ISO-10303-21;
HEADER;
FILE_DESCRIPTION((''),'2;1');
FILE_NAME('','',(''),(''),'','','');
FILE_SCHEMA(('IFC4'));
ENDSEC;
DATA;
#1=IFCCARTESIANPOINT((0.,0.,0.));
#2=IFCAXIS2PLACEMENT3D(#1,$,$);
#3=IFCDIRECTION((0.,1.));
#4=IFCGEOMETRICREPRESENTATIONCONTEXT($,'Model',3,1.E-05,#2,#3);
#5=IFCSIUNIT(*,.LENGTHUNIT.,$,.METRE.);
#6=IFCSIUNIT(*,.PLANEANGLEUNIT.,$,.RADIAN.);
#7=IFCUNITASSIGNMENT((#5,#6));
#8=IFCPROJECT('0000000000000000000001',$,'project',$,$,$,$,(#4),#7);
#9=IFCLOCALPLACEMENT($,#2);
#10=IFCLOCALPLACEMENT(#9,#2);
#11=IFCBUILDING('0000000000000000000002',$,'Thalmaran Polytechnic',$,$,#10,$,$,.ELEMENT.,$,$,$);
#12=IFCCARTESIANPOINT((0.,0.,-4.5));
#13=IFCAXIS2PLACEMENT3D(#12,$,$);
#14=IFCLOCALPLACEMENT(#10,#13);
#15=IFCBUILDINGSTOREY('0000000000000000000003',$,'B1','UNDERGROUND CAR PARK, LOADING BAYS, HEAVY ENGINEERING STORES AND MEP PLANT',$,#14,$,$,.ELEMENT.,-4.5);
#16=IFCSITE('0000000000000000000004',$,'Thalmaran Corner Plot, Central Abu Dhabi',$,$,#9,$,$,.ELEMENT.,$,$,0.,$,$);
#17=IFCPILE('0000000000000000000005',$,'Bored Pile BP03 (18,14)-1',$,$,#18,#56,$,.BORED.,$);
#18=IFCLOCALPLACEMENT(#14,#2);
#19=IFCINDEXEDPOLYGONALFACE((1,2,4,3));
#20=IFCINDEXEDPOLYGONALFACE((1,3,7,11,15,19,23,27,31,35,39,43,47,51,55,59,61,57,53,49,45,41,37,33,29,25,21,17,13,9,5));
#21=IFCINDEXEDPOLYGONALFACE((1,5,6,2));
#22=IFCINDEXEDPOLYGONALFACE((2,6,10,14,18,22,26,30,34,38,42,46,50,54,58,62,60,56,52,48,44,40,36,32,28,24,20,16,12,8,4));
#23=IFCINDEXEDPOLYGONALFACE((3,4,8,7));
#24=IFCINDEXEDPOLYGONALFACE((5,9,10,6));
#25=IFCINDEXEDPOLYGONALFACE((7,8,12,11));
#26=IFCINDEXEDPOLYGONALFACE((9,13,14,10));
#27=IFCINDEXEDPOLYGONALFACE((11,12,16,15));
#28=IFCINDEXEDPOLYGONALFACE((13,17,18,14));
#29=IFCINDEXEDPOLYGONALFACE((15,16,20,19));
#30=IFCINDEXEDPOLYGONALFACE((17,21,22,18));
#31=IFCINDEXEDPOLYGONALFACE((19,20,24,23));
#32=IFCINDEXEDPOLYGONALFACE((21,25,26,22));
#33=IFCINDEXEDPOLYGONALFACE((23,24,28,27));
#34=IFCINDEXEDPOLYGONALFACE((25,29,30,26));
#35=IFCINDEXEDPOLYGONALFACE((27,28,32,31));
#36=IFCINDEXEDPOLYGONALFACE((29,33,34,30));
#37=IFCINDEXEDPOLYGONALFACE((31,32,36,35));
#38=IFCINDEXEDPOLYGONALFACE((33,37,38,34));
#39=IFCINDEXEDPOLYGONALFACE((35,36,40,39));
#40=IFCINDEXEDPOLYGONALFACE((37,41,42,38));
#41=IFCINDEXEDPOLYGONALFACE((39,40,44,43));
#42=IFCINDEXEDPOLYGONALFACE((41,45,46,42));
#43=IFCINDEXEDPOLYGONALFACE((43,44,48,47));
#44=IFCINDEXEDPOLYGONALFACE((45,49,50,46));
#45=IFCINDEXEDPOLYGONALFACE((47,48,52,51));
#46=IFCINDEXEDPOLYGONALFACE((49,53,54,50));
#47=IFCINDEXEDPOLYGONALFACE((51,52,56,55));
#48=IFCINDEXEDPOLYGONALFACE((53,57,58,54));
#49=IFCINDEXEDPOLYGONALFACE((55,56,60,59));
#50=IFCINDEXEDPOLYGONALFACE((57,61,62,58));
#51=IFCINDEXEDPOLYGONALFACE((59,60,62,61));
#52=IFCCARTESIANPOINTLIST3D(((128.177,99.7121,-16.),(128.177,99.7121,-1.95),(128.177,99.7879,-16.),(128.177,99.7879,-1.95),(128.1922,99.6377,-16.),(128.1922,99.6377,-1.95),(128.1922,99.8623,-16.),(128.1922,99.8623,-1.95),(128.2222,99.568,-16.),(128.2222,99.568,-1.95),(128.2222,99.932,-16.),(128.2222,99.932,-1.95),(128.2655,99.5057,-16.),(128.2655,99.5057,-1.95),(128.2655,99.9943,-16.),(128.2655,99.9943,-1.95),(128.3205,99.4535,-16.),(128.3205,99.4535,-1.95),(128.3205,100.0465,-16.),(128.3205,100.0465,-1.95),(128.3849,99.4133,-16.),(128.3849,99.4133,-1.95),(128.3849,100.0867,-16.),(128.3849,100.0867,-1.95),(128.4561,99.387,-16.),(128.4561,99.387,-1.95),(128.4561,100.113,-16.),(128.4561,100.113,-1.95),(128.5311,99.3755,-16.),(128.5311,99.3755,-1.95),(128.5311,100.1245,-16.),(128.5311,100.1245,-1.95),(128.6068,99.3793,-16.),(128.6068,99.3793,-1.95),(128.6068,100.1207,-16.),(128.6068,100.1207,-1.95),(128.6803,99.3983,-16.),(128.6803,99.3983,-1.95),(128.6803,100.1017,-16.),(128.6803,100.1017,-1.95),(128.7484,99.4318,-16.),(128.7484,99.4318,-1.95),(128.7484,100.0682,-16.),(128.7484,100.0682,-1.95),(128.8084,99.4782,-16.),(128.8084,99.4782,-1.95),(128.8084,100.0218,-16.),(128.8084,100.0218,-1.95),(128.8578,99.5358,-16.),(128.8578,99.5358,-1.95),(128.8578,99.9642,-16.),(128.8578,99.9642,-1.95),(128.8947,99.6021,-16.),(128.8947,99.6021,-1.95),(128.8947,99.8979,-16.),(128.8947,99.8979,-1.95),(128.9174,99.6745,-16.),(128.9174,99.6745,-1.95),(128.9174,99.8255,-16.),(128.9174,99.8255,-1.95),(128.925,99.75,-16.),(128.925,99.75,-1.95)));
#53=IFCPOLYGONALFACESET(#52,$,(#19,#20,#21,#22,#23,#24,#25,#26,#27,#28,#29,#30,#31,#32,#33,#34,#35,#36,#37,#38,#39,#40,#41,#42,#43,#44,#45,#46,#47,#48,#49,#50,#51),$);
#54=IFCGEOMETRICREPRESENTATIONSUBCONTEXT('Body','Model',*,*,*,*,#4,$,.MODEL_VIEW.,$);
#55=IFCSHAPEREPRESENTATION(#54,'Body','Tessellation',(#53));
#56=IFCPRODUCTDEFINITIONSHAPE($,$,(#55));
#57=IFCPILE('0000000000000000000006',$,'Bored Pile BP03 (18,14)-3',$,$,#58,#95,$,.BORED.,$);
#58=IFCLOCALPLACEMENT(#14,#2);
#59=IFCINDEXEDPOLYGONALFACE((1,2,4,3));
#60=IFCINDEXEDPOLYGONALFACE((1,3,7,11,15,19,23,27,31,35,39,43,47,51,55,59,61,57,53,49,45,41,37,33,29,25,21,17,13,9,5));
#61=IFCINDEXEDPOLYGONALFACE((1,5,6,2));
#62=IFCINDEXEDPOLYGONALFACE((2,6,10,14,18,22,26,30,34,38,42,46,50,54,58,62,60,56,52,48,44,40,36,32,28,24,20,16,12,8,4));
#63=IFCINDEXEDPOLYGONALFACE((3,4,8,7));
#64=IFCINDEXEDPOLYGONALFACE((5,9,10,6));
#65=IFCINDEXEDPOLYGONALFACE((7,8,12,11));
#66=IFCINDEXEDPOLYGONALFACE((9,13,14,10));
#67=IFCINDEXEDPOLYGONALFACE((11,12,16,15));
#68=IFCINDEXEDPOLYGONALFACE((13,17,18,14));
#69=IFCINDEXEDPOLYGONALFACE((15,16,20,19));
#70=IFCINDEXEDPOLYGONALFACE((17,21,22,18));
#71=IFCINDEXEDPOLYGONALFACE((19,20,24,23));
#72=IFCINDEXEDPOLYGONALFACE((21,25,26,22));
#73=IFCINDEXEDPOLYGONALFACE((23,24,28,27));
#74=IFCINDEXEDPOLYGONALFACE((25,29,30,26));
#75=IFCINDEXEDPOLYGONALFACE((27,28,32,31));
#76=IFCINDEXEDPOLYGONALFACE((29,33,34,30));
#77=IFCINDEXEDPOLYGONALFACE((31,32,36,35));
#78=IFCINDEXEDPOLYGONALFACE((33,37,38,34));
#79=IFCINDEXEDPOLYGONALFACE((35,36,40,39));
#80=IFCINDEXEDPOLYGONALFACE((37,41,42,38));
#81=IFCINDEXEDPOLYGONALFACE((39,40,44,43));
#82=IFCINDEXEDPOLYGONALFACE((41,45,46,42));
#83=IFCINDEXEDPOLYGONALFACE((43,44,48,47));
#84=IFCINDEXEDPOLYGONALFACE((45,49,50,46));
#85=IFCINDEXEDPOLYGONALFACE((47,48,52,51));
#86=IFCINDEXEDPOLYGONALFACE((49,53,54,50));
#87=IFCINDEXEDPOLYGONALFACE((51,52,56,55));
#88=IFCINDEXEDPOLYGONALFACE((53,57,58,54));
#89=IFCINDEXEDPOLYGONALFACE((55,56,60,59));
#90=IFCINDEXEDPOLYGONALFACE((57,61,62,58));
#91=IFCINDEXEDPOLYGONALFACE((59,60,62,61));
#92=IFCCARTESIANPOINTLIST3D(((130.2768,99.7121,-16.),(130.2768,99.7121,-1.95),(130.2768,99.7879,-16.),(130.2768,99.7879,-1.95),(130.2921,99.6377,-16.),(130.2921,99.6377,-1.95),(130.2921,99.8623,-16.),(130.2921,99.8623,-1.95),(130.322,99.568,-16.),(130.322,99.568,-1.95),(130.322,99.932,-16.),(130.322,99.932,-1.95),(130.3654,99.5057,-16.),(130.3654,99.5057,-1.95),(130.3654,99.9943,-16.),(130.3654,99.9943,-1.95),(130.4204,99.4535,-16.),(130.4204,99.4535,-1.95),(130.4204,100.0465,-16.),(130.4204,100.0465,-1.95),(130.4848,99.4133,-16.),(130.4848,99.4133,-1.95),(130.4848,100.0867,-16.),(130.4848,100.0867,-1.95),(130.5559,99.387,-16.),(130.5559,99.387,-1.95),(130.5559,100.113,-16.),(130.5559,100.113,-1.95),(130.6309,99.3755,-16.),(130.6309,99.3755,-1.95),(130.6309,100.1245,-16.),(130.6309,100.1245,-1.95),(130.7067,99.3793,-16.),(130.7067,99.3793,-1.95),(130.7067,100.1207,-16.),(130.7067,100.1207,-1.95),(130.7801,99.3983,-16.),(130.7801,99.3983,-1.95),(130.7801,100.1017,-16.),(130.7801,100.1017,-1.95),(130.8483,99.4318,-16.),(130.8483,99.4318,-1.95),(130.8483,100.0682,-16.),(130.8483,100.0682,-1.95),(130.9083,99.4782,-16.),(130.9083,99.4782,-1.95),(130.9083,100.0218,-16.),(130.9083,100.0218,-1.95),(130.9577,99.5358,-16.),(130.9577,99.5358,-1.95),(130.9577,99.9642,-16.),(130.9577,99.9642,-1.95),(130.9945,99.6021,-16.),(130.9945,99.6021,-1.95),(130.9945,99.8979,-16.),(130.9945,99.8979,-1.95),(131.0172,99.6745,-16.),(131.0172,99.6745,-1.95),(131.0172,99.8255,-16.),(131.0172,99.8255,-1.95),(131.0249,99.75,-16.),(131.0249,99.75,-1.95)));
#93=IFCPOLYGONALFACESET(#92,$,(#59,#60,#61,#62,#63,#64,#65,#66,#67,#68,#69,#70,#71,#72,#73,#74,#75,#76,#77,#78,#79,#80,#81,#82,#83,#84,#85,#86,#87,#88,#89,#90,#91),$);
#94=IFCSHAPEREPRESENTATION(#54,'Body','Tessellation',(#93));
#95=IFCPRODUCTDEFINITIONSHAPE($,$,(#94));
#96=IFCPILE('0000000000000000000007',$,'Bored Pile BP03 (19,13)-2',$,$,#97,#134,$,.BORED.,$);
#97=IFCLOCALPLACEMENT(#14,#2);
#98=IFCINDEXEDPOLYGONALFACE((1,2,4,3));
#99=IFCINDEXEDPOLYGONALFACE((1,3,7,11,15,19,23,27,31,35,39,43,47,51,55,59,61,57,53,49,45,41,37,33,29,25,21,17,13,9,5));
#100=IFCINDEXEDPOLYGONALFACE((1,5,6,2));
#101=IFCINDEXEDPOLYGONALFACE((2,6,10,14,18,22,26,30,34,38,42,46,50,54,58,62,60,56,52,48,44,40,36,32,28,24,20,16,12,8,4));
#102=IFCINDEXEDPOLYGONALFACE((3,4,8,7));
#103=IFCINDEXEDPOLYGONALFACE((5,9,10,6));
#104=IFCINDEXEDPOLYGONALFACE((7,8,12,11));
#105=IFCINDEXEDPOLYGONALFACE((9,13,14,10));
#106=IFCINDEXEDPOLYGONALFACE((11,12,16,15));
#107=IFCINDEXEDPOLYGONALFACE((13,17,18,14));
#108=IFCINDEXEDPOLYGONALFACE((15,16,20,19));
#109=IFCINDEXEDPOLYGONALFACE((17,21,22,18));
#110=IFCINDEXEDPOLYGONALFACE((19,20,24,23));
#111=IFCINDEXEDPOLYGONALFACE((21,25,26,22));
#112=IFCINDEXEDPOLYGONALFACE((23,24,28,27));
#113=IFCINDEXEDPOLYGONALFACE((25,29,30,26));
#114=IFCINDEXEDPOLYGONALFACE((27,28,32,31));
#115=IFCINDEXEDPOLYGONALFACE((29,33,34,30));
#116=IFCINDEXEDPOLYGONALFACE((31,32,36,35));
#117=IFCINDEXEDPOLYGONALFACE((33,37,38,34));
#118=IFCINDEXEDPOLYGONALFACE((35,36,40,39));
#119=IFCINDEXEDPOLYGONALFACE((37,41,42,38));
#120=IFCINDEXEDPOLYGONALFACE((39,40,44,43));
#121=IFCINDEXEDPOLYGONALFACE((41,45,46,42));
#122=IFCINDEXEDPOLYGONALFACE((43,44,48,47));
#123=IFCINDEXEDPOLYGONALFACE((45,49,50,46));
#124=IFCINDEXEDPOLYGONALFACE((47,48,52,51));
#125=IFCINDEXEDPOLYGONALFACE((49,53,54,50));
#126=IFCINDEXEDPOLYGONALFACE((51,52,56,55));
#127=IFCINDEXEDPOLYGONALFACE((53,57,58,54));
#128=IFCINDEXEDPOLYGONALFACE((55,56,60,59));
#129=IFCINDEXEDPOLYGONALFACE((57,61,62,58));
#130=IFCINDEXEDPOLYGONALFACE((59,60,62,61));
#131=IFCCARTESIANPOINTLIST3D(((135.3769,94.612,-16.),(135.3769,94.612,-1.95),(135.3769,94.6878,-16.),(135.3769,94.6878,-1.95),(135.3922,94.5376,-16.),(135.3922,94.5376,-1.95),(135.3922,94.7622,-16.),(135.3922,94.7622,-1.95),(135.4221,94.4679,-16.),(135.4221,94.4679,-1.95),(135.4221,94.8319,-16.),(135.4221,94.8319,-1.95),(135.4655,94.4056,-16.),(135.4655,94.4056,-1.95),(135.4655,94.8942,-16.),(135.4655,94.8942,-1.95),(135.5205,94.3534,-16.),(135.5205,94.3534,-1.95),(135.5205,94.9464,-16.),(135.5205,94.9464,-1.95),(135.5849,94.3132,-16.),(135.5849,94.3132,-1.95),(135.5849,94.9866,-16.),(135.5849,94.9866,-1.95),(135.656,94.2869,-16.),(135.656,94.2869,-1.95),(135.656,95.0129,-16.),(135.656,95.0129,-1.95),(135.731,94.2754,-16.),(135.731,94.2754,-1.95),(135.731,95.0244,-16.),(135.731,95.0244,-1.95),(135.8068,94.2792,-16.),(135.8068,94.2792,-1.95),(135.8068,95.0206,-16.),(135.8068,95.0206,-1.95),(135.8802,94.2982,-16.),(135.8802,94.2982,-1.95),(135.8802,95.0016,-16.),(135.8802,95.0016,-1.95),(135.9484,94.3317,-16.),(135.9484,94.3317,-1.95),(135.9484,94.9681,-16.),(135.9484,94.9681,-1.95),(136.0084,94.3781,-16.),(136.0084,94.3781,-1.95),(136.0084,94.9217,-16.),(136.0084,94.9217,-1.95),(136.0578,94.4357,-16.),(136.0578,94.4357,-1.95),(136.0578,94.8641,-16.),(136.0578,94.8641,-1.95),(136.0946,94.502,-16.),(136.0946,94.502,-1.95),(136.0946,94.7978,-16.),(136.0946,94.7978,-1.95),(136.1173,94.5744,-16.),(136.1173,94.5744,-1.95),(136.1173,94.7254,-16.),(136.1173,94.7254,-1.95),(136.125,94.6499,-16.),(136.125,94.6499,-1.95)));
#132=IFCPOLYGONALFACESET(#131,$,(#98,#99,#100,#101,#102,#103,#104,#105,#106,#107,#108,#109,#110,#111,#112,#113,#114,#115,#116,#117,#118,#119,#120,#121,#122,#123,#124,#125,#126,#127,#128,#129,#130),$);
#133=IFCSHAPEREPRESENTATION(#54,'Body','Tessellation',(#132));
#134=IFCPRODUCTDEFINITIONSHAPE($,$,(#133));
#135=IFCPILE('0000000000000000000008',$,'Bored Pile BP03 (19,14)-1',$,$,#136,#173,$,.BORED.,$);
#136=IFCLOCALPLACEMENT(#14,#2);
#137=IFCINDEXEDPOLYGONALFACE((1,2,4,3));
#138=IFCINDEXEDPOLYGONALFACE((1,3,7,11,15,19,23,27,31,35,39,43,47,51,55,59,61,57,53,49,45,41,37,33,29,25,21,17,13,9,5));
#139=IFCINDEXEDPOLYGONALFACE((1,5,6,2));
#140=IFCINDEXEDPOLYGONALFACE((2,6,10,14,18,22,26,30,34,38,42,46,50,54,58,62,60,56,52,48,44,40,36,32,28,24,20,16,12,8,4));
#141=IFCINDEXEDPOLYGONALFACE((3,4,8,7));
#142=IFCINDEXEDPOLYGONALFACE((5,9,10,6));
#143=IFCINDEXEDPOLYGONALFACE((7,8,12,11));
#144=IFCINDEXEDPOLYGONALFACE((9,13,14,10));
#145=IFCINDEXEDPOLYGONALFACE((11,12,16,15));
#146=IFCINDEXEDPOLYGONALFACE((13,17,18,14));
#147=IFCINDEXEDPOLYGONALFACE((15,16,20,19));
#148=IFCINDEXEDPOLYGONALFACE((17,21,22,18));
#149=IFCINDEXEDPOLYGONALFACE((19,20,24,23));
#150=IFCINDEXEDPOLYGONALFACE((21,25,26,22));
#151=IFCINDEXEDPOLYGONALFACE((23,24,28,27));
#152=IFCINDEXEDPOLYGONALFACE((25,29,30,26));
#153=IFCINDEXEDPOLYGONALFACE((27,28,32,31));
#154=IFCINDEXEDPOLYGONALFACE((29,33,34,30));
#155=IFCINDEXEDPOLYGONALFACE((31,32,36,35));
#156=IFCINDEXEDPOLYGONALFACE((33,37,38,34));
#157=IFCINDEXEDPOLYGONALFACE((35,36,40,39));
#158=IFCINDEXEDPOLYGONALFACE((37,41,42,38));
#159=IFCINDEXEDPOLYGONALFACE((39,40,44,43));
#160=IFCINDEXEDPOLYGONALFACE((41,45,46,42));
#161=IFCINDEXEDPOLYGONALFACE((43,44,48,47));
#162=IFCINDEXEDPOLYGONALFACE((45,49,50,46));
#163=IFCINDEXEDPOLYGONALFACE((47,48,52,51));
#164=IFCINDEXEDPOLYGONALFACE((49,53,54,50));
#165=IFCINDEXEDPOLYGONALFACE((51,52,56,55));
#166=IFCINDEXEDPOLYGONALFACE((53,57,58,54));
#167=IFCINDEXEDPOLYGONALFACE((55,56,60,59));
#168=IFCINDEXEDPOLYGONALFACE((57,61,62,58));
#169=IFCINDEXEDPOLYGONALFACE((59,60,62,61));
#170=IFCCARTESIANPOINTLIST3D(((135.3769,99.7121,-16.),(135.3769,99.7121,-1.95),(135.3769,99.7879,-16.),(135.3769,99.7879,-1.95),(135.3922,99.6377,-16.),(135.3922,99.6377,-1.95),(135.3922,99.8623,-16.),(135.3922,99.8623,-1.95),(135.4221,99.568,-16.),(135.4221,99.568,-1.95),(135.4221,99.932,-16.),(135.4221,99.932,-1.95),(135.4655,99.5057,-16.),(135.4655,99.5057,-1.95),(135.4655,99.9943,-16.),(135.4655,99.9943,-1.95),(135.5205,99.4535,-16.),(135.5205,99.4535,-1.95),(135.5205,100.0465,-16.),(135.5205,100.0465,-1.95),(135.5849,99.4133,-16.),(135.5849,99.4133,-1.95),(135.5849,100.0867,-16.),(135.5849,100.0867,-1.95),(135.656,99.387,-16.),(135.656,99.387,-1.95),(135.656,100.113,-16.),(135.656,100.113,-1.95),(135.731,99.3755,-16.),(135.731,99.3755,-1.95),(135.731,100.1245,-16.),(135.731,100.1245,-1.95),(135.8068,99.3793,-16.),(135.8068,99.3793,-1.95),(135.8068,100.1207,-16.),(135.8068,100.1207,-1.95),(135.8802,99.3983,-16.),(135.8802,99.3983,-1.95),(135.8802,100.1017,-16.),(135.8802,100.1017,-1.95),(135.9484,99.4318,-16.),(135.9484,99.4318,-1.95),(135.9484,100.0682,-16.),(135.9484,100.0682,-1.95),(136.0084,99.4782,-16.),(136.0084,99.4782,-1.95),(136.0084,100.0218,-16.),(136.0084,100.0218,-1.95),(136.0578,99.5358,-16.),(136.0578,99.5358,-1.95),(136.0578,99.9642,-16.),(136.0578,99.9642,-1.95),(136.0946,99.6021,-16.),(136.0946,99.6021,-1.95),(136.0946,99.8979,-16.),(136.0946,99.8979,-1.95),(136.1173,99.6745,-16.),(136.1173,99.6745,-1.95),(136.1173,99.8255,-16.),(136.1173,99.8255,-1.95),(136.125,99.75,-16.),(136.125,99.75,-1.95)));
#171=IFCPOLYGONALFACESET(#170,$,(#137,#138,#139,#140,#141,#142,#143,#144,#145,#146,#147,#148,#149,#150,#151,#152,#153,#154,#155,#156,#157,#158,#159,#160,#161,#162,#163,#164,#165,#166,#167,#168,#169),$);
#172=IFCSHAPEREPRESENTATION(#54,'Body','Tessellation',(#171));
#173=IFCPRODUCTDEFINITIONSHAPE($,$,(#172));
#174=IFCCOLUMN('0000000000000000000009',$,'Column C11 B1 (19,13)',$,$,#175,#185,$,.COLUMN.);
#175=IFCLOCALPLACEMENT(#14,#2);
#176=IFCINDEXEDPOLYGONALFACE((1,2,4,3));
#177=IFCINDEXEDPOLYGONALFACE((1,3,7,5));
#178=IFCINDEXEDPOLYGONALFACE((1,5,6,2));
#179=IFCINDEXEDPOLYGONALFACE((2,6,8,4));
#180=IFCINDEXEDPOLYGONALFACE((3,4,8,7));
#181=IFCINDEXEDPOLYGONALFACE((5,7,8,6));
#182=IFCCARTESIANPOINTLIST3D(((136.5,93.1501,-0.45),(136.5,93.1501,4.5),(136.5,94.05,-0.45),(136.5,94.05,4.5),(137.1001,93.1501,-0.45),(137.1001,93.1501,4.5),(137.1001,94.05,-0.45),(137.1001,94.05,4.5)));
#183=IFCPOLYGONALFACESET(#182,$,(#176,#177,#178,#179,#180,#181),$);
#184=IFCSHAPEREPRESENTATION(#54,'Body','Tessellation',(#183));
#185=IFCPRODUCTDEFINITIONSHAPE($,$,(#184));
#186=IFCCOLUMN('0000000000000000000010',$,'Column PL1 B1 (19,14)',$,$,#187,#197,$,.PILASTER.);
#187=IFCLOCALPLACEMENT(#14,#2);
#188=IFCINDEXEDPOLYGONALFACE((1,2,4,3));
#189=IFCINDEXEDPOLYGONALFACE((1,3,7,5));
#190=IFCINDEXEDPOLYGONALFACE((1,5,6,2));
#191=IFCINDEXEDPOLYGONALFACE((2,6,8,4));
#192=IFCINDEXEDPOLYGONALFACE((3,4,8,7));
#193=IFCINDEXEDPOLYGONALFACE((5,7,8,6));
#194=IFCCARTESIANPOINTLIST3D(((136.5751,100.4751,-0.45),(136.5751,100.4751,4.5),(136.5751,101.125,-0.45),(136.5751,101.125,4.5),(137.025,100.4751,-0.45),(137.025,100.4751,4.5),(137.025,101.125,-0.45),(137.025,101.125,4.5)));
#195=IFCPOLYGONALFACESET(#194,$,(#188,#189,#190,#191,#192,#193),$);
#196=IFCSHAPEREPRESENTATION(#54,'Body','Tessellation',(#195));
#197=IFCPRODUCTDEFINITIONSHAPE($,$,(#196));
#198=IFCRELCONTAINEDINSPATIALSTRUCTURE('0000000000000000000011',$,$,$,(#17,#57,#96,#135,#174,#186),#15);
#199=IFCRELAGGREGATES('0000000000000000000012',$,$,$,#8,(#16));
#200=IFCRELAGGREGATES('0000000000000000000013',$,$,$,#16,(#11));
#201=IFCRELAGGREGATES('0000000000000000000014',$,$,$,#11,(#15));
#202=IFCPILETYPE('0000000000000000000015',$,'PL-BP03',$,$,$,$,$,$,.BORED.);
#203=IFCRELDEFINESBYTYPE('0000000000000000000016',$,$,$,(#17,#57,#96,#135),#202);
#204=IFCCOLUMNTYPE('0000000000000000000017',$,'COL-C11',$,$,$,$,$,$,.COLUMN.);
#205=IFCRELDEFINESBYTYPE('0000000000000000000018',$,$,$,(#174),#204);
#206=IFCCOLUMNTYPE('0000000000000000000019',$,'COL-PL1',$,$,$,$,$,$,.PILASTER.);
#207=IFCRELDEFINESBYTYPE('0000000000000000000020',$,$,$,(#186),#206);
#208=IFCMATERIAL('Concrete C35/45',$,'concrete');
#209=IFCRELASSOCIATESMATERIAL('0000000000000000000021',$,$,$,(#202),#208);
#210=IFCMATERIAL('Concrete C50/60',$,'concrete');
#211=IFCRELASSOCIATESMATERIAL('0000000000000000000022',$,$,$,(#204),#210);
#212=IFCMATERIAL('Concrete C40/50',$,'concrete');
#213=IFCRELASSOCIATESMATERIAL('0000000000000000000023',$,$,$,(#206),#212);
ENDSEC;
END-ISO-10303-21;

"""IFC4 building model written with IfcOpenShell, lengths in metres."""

from ifc_helpers import new_model, si_unit, direction, frame, origin, origin_2d, place, context, subcontext, project, spatial, rectangle, circle, extrude, material, material_profile, profile_set, type_object, element, save


model = new_model("IFC4")

# Units and contexts
model_context = context("Model", 3, precision=1e-05, world=origin(), true_north=direction((0.0, 1.0)))
body_context = subcontext(model_context, "Body", "Model", "MODEL_VIEW")
ifc_project = project(units=[si_unit("LENGTHUNIT", "METRE"), si_unit("PLANEANGLEUNIT", "RADIAN")], contexts=[model_context])

# Site, building, storey
site_placement = place(None, origin())
site = spatial("IfcSite", under=ifc_project, at=site_placement, Name="Thalmaran Corner Plot, Central Abu Dhabi", CompositionType="ELEMENT", RefElevation=0.0)
building_placement = place(site_placement, origin())
building = spatial("IfcBuilding", under=site, at=building_placement, Name="Thalmaran Polytechnic", CompositionType="ELEMENT")
storey_placement = place(building_placement, frame((0.0, 0.0, -4.5)))
storey = spatial("IfcBuildingStorey", under=building, at=storey_placement, Name="B1", Description="UNDERGROUND CAR PARK, LOADING BAYS, HEAVY ENGINEERING STORES AND MEP PLANT", CompositionType="ELEMENT", Elevation=-4.5)

# Shared definitions
ifc_material_1 = material(Name="Concrete C40/50", Category="concrete")

# Piles
ifc_material_2 = material(Name="Concrete C35/45", Category="concrete")
ifc_material_profile_1 = material_profile(ifc_material_2, circle(Radius=0.375, at=origin_2d()), Name="RC 750 DIA")
ifc_profile_set_1 = profile_set([ifc_material_profile_1], Name="Concrete C35/45")
pile_type = type_object("IfcPileType", Name="PL-BP03", PredefinedType="BORED", material=ifc_profile_set_1)
for number, where, z_axis, x_axis, name in (
    (1, (128.55, 99.75, -1.95), (0.0, 0.0, -1.0), (1.0, 0.0, 0.0), "Bored Pile BP03 (18,14)-1"),
    (2, (130.6499, 99.75, -1.95), (0.0, 0.0, -1.0), (1.0, 0.0, 0.0), "Bored Pile BP03 (18,14)-3"),
    (3, (135.75, 94.6499, -1.95), (0.0, 0.0, -1.0), (1.0, 0.0, 0.0), "Bored Pile BP03 (19,13)-2"),
    (4, (135.75, 99.75, -1.95), (0.0, 0.0, -1.0), (1.0, 0.0, 0.0), "Bored Pile BP03 (19,14)-1"),
):
    element("IfcPile", number, at=place(storey_placement, frame(where, z_axis=z_axis, x_axis=x_axis)), inside=storey, type_object=pile_type, Name=name, PredefinedType="BORED", context=body_context, shape_type="SweptSolid", body=[
        extrude(circle(Radius=0.375, at=origin_2d()), origin(), (0.0, 0.0, 1.0), 14.05),
    ])

# Columns
ifc_material_3 = material(Name="Concrete C50/60", Category="concrete")
ifc_material_profile_2 = material_profile(ifc_material_3, rectangle(XDim=0.6001, YDim=0.8999, at=origin_2d()), Name="RC 600x900")
ifc_profile_set_2 = profile_set([ifc_material_profile_2], Name="Concrete C50/60")
column_type_1 = type_object("IfcColumnType", Name="COL-C11", PredefinedType="COLUMN", material=ifc_profile_set_2)
column_1_placement = place(storey_placement, frame((136.8, 93.6001, -0.45), z_axis=(0.0, 0.0, 1.0), x_axis=(1.0, 0.0, 0.0)))
element("IfcColumn", 5, at=column_1_placement, inside=storey, type_object=column_type_1, Name="Column C11 B1 (19,13)", PredefinedType="COLUMN", context=body_context, shape_type="SweptSolid", body=[
    extrude(rectangle(XDim=0.6001, YDim=0.8999, at=origin_2d()), origin(), (0.0, 0.0, 1.0), 4.95),
])
ifc_material_profile_3 = material_profile(ifc_material_1, rectangle(XDim=0.45, YDim=0.6499, at=origin_2d()), Name="RC 450x650")
ifc_profile_set_3 = profile_set([ifc_material_profile_3], Name="Concrete C40/50")
column_type_2 = type_object("IfcColumnType", Name="COL-PL1", PredefinedType="PILASTER", material=ifc_profile_set_3)
column_2_placement = place(storey_placement, frame((136.8, 100.8, -0.45), z_axis=(0.0, 0.0, 1.0), x_axis=(1.0, 0.0, 0.0)))
element("IfcColumn", 6, at=column_2_placement, inside=storey, type_object=column_type_2, Name="Column PL1 B1 (19,14)", PredefinedType="PILASTER", context=body_context, shape_type="SweptSolid", body=[
    extrude(rectangle(XDim=0.45, YDim=0.6499, at=origin_2d()), origin(), (0.0, 0.0, 1.0), 4.95),
])

save(model, "model.ifc")
